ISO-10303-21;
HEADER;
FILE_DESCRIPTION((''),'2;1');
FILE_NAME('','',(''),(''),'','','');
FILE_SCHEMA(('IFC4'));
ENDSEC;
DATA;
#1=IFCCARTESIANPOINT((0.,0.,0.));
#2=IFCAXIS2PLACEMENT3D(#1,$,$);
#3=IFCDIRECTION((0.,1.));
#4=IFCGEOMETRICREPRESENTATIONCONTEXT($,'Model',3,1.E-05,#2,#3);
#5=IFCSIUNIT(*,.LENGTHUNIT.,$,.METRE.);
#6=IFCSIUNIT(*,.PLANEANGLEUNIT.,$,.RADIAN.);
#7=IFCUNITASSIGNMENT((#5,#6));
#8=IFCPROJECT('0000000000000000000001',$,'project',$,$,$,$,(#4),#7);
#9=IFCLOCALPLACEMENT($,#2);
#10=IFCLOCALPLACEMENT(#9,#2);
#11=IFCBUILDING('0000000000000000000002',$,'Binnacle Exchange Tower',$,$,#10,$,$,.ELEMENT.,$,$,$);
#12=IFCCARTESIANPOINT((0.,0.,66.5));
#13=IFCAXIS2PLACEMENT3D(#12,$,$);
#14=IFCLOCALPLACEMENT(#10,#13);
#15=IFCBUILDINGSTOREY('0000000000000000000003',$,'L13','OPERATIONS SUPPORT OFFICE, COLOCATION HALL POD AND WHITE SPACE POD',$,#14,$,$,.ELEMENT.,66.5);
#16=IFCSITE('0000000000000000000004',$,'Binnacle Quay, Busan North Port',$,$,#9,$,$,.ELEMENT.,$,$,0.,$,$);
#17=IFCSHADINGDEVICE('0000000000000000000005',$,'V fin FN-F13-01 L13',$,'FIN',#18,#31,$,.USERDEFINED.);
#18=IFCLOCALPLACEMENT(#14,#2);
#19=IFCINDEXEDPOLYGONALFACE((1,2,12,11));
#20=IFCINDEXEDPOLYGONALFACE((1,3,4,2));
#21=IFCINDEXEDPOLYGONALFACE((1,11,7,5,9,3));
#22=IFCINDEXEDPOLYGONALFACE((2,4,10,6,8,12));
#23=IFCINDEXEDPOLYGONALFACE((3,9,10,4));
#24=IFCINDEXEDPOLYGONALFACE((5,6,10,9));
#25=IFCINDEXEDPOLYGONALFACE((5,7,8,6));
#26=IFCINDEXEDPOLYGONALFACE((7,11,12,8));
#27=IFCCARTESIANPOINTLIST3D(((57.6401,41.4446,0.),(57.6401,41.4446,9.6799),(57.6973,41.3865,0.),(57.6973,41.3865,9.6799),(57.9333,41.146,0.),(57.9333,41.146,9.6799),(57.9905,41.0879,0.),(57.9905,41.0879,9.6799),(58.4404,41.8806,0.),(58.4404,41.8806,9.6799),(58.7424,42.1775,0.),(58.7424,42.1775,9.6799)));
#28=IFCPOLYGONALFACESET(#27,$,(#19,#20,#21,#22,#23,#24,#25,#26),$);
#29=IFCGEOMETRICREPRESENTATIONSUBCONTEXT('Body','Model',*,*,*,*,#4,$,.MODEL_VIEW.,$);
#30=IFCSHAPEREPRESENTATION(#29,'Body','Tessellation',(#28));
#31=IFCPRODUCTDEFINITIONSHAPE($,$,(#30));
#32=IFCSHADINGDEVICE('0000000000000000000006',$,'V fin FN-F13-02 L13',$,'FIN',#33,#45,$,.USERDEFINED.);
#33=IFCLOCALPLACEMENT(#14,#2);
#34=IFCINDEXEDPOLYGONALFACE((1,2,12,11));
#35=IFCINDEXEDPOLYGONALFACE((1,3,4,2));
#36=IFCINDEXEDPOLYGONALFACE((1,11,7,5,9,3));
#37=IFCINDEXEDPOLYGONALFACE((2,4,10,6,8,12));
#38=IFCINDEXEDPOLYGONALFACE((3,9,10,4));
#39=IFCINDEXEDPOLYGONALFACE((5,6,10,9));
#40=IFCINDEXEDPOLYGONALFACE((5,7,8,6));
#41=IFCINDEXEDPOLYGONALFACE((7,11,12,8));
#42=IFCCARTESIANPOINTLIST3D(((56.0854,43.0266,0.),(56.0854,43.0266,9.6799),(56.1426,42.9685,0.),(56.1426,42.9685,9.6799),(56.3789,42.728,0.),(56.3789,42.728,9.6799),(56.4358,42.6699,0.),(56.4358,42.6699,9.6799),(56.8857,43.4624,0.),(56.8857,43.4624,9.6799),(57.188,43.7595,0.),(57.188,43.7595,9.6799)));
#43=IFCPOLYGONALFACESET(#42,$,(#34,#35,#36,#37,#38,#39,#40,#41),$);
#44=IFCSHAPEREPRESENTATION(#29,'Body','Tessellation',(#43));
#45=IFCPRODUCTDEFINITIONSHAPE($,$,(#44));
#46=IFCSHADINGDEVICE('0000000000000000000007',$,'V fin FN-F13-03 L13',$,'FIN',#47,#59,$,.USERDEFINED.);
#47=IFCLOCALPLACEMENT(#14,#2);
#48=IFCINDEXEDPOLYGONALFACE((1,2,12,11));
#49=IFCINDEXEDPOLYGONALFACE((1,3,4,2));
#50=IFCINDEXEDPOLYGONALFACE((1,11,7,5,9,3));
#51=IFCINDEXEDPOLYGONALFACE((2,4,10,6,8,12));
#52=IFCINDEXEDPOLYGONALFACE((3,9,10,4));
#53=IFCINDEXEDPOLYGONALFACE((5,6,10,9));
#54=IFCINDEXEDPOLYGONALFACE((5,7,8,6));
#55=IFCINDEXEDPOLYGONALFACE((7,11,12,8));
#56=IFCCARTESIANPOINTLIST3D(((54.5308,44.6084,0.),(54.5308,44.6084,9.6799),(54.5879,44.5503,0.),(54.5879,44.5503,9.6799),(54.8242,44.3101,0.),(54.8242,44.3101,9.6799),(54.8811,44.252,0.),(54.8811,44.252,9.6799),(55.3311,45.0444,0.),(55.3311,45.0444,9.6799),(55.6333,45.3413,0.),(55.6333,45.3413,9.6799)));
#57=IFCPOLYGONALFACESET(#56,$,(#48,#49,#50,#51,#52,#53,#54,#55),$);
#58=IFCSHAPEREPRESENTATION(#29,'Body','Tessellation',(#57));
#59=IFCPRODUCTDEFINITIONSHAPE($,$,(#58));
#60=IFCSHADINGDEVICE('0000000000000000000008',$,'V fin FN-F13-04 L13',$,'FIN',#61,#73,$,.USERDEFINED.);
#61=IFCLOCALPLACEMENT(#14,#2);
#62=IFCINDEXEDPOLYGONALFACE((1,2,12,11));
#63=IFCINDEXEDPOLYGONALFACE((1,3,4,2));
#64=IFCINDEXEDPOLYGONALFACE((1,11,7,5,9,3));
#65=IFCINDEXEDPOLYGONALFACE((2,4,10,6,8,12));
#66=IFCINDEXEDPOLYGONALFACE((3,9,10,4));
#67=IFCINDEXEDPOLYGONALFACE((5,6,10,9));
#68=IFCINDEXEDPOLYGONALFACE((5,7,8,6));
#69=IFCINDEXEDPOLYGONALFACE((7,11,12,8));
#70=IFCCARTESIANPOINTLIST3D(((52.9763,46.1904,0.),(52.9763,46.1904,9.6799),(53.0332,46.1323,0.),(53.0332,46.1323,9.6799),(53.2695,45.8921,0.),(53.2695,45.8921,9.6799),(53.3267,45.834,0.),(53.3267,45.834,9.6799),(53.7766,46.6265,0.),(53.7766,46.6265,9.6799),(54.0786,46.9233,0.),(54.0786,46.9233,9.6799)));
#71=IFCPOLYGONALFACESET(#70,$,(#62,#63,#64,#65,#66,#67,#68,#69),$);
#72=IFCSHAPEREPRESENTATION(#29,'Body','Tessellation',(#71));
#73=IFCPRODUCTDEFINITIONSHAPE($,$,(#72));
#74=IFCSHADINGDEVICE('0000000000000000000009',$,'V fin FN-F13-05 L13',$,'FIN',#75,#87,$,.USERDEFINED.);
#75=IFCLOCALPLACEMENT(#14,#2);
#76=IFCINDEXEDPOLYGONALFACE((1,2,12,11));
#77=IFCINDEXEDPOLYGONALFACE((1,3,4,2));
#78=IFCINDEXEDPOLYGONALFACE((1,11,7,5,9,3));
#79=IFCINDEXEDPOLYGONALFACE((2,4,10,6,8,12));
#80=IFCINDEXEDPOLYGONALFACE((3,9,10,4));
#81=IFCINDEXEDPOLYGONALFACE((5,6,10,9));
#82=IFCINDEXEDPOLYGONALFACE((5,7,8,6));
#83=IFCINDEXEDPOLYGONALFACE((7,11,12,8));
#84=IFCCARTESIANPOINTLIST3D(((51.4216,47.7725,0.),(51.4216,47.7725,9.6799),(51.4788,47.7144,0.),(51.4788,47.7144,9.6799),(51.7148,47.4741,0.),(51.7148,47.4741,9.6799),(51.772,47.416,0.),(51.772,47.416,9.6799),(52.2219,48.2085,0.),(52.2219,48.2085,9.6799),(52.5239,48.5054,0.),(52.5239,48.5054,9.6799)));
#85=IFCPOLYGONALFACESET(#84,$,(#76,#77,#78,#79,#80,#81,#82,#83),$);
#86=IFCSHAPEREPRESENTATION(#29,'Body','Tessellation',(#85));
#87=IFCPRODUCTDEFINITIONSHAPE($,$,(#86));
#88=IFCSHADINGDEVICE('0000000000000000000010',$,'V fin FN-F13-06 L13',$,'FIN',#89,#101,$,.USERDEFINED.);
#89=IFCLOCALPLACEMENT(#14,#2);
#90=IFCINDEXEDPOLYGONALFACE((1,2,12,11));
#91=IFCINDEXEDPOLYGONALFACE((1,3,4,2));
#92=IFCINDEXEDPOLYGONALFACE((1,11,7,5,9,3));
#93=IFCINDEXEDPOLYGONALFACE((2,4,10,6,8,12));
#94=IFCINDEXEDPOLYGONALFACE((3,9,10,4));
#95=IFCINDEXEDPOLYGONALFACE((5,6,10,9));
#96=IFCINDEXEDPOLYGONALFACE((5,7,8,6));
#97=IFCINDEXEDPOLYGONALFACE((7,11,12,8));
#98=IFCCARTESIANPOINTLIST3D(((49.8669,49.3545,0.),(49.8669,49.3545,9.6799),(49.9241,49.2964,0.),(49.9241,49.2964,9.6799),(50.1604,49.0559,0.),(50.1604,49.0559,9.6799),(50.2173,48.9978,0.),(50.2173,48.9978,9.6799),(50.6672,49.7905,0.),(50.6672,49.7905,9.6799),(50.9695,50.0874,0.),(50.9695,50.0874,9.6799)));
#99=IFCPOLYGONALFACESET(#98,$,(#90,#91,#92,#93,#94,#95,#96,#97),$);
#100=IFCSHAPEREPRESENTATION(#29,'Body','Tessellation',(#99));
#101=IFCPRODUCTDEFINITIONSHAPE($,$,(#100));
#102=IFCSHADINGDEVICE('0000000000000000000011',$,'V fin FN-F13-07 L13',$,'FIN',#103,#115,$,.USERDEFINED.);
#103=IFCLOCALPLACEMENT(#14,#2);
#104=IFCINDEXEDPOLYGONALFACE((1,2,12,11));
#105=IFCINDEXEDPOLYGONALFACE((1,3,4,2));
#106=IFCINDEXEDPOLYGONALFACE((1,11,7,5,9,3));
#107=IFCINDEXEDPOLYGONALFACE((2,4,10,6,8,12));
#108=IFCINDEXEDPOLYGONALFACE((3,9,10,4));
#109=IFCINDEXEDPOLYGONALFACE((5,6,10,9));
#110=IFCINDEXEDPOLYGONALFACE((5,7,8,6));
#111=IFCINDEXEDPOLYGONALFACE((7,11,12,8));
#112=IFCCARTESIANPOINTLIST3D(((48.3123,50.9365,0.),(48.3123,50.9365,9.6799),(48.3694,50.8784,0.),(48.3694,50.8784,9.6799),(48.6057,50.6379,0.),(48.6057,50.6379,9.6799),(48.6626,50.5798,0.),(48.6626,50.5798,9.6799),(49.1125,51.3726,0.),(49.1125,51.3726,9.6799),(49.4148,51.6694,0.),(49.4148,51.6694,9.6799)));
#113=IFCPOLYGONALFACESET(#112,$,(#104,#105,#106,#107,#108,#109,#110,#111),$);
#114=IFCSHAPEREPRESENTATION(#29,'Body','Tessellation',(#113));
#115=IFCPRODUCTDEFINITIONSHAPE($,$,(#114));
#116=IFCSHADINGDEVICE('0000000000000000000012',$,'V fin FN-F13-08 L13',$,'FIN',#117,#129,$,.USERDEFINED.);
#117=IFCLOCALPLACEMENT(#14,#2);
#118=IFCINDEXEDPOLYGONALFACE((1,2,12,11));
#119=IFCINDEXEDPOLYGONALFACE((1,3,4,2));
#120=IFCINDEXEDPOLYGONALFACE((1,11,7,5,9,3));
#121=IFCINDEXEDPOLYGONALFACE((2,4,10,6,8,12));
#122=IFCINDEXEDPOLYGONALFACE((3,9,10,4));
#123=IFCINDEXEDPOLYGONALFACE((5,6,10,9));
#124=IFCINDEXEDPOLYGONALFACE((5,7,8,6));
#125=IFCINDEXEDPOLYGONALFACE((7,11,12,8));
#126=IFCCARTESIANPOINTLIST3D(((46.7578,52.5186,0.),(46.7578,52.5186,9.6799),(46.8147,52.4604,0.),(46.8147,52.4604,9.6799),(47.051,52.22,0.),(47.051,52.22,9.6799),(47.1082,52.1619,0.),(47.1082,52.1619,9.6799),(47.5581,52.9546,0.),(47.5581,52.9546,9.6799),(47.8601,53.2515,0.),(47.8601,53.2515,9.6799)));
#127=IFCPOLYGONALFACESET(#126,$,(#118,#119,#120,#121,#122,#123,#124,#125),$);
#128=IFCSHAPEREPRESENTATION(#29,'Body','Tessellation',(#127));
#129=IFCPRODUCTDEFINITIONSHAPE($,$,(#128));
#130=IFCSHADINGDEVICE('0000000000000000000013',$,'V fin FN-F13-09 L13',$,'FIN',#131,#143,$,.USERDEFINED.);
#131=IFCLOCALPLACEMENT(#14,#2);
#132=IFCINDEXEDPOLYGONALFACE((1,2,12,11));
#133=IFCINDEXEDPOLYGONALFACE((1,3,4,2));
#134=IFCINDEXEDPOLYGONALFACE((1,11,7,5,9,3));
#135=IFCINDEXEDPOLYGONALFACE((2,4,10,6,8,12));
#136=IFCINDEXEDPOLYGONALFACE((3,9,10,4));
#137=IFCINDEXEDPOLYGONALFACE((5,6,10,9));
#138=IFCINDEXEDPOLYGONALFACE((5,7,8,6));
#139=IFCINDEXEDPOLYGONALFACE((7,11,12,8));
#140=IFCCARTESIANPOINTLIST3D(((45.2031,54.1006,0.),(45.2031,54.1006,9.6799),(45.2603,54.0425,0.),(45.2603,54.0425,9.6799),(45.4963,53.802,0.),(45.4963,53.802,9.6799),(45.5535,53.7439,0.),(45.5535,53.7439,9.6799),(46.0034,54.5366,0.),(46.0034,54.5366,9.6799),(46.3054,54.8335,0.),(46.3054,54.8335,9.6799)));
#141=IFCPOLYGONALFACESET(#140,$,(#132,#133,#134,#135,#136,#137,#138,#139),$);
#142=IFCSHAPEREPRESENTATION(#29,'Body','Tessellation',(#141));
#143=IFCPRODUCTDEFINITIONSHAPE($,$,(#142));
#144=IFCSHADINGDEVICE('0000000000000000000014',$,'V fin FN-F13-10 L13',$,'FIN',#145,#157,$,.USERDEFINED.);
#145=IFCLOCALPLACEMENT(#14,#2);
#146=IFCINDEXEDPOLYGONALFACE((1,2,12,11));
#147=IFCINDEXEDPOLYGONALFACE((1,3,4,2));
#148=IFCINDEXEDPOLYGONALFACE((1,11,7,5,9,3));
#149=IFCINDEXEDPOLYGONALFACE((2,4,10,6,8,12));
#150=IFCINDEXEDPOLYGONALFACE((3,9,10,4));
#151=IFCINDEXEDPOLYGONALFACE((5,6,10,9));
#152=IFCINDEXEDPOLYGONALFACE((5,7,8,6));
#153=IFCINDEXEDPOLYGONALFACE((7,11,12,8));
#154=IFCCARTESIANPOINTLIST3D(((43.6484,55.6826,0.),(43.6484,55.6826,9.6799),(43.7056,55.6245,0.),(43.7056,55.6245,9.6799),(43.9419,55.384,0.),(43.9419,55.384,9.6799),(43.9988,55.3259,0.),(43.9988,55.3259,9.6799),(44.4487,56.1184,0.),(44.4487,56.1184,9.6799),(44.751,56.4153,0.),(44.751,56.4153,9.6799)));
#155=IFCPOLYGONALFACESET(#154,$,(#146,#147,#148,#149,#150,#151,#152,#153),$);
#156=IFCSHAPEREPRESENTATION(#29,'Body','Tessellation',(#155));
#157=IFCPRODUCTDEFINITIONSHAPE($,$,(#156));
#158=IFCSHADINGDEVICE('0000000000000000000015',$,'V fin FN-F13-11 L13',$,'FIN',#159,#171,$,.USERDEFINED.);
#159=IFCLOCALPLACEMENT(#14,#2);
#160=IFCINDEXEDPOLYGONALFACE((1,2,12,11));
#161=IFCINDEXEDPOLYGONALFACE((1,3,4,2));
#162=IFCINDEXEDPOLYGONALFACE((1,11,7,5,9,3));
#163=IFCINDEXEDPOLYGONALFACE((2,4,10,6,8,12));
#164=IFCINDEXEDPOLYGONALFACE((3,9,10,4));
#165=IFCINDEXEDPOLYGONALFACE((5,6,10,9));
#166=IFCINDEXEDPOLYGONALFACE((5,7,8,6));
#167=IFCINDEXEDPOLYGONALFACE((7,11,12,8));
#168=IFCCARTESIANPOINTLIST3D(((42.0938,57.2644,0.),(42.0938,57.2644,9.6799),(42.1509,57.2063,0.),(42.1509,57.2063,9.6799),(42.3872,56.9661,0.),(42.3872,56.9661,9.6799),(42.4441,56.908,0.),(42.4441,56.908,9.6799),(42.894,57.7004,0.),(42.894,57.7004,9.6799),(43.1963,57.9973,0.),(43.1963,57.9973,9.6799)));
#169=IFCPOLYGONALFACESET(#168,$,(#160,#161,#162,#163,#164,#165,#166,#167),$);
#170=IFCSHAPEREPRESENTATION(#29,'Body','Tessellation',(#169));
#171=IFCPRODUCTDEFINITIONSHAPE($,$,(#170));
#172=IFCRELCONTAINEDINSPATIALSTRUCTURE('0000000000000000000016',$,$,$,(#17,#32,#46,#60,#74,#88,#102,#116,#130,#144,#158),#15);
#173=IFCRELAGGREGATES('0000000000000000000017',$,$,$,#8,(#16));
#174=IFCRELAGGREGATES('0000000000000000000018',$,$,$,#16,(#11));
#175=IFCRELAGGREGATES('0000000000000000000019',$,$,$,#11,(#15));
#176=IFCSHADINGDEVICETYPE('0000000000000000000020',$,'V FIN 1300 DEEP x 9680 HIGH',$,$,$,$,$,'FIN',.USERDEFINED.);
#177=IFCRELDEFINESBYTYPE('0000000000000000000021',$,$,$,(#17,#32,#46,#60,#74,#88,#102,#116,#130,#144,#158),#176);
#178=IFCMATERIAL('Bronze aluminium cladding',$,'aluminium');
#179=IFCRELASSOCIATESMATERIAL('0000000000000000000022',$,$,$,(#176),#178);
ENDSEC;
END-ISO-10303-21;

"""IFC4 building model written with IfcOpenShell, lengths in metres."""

from ifc_helpers import new_model, si_unit, direction, frame, origin, place, context, subcontext, project, spatial, polyline, outline, extrude, material, type_object, element, save


model = new_model("IFC4")

# Units and contexts
model_context = context("Model", 3, precision=1e-05, world=origin(), true_north=direction((0.0, 1.0)))
body_context = subcontext(model_context, "Body", "Model", "MODEL_VIEW")
ifc_project = project(units=[si_unit("LENGTHUNIT", "METRE"), si_unit("PLANEANGLEUNIT", "RADIAN")], contexts=[model_context])

# Site, building, storey
site_placement = place(None, origin())
site = spatial("IfcSite", under=ifc_project, at=site_placement, Name="Binnacle Quay, Busan North Port", CompositionType="ELEMENT", RefElevation=0.0)
building_placement = place(site_placement, origin())
building = spatial("IfcBuilding", under=site, at=building_placement, Name="Binnacle Exchange Tower", CompositionType="ELEMENT")
storey_placement = place(building_placement, frame((0.0, 0.0, 66.5)))
storey = spatial("IfcBuildingStorey", under=building, at=storey_placement, Name="L13", Description="OPERATIONS SUPPORT OFFICE, COLOCATION HALL POD AND WHITE SPACE POD", CompositionType="ELEMENT", Elevation=66.5)

# Shading devices
ifc_material_1 = material(Name="Bronze aluminium cladding", Category="aluminium")
shading_device_type = type_object("IfcShadingDeviceType", Name="V FIN 1300 DEEP x 9680 HIGH", ElementType="FIN", PredefinedType="USERDEFINED", material=ifc_material_1)
shading_device_1_placement = place(storey_placement, origin())
element("IfcShadingDevice", 1, at=shading_device_1_placement, inside=storey, type_object=shading_device_type, Name="V fin FN-F13-01 L13", ObjectType="FIN", PredefinedType="USERDEFINED", context=body_context, shape_type="SweptSolid", body=[
    extrude(outline(polyline([(57.9905, 41.0879), (58.7424, 42.1775), (57.6401, 41.4446), (57.6973, 41.3865), (58.4404, 41.8806), (57.9333, 41.146), (57.9905, 41.0879)])), origin(), (0.0, 0.0, 1.0), 9.6799),
])
shading_device_2_placement = place(storey_placement, origin())
element("IfcShadingDevice", 2, at=shading_device_2_placement, inside=storey, type_object=shading_device_type, Name="V fin FN-F13-02 L13", ObjectType="FIN", PredefinedType="USERDEFINED", context=body_context, shape_type="SweptSolid", body=[
    extrude(outline(polyline([(56.4358, 42.6699), (57.188, 43.7595), (56.0854, 43.0266), (56.1426, 42.9685), (56.8857, 43.4624), (56.3789, 42.728), (56.4358, 42.6699)])), origin(), (0.0, 0.0, 1.0), 9.6799),
])
shading_device_3_placement = place(storey_placement, origin())
element("IfcShadingDevice", 3, at=shading_device_3_placement, inside=storey, type_object=shading_device_type, Name="V fin FN-F13-03 L13", ObjectType="FIN", PredefinedType="USERDEFINED", context=body_context, shape_type="SweptSolid", body=[
    extrude(outline(polyline([(54.8811, 44.252), (55.6333, 45.3413), (54.5308, 44.6084), (54.5879, 44.5503), (55.3311, 45.0444), (54.8242, 44.3101), (54.8811, 44.252)])), origin(), (0.0, 0.0, 1.0), 9.6799),
])
shading_device_4_placement = place(storey_placement, origin())
element("IfcShadingDevice", 4, at=shading_device_4_placement, inside=storey, type_object=shading_device_type, Name="V fin FN-F13-04 L13", ObjectType="FIN", PredefinedType="USERDEFINED", context=body_context, shape_type="SweptSolid", body=[
    extrude(outline(polyline([(53.3267, 45.834), (54.0786, 46.9233), (52.9763, 46.1904), (53.0332, 46.1323), (53.7766, 46.6265), (53.2695, 45.8921), (53.3267, 45.834)])), origin(), (0.0, 0.0, 1.0), 9.6799),
])
shading_device_5_placement = place(storey_placement, origin())
element("IfcShadingDevice", 5, at=shading_device_5_placement, inside=storey, type_object=shading_device_type, Name="V fin FN-F13-05 L13", ObjectType="FIN", PredefinedType="USERDEFINED", context=body_context, shape_type="SweptSolid", body=[
    extrude(outline(polyline([(51.772, 47.416), (52.5239, 48.5054), (51.4216, 47.7725), (51.4788, 47.7144), (52.2219, 48.2085), (51.7148, 47.4741), (51.772, 47.416)])), origin(), (0.0, 0.0, 1.0), 9.6799),
])
shading_device_6_placement = place(storey_placement, origin())
element("IfcShadingDevice", 6, at=shading_device_6_placement, inside=storey, type_object=shading_device_type, Name="V fin FN-F13-06 L13", ObjectType="FIN", PredefinedType="USERDEFINED", context=body_context, shape_type="SweptSolid", body=[
    extrude(outline(polyline([(50.2173, 48.9978), (50.9695, 50.0874), (49.8669, 49.3545), (49.9241, 49.2964), (50.6672, 49.7905), (50.1604, 49.0559), (50.2173, 48.9978)])), origin(), (0.0, 0.0, 1.0), 9.6799),
])
shading_device_7_placement = place(storey_placement, origin())
element("IfcShadingDevice", 7, at=shading_device_7_placement, inside=storey, type_object=shading_device_type, Name="V fin FN-F13-07 L13", ObjectType="FIN", PredefinedType="USERDEFINED", context=body_context, shape_type="SweptSolid", body=[
    extrude(outline(polyline([(48.6626, 50.5798), (49.4148, 51.6694), (48.3123, 50.9365), (48.3694, 50.8784), (49.1125, 51.3726), (48.6057, 50.6379), (48.6626, 50.5798)])), origin(), (0.0, 0.0, 1.0), 9.6799),
])
shading_device_8_placement = place(storey_placement, origin())
element("IfcShadingDevice", 8, at=shading_device_8_placement, inside=storey, type_object=shading_device_type, Name="V fin FN-F13-08 L13", ObjectType="FIN", PredefinedType="USERDEFINED", context=body_context, shape_type="SweptSolid", body=[
    extrude(outline(polyline([(47.1082, 52.1619), (47.8601, 53.2515), (46.7578, 52.5186), (46.8147, 52.4604), (47.5581, 52.9546), (47.051, 52.22), (47.1082, 52.1619)])), origin(), (0.0, 0.0, 1.0), 9.6799),
])
shading_device_9_placement = place(storey_placement, origin())
element("IfcShadingDevice", 9, at=shading_device_9_placement, inside=storey, type_object=shading_device_type, Name="V fin FN-F13-09 L13", ObjectType="FIN", PredefinedType="USERDEFINED", context=body_context, shape_type="SweptSolid", body=[
    extrude(outline(polyline([(45.5535, 53.7439), (46.3054, 54.8335), (45.2031, 54.1006), (45.2603, 54.0425), (46.0034, 54.5366), (45.4963, 53.802), (45.5535, 53.7439)])), origin(), (0.0, 0.0, 1.0), 9.6799),
])
shading_device_10_placement = place(storey_placement, origin())
element("IfcShadingDevice", 10, at=shading_device_10_placement, inside=storey, type_object=shading_device_type, Name="V fin FN-F13-10 L13", ObjectType="FIN", PredefinedType="USERDEFINED", context=body_context, shape_type="SweptSolid", body=[
    extrude(outline(polyline([(43.9988, 55.3259), (44.751, 56.4153), (43.6484, 55.6826), (43.7056, 55.6245), (44.4487, 56.1184), (43.9419, 55.384), (43.9988, 55.3259)])), origin(), (0.0, 0.0, 1.0), 9.6799),
])
shading_device_11_placement = place(storey_placement, origin())
element("IfcShadingDevice", 11, at=shading_device_11_placement, inside=storey, type_object=shading_device_type, Name="V fin FN-F13-11 L13", ObjectType="FIN", PredefinedType="USERDEFINED", context=body_context, shape_type="SweptSolid", body=[
    extrude(outline(polyline([(42.4441, 56.908), (43.1963, 57.9973), (42.0938, 57.2644), (42.1509, 57.2063), (42.894, 57.7004), (42.3872, 56.9661), (42.4441, 56.908)])), origin(), (0.0, 0.0, 1.0), 9.6799),
])

save(model, "model.ifc")
